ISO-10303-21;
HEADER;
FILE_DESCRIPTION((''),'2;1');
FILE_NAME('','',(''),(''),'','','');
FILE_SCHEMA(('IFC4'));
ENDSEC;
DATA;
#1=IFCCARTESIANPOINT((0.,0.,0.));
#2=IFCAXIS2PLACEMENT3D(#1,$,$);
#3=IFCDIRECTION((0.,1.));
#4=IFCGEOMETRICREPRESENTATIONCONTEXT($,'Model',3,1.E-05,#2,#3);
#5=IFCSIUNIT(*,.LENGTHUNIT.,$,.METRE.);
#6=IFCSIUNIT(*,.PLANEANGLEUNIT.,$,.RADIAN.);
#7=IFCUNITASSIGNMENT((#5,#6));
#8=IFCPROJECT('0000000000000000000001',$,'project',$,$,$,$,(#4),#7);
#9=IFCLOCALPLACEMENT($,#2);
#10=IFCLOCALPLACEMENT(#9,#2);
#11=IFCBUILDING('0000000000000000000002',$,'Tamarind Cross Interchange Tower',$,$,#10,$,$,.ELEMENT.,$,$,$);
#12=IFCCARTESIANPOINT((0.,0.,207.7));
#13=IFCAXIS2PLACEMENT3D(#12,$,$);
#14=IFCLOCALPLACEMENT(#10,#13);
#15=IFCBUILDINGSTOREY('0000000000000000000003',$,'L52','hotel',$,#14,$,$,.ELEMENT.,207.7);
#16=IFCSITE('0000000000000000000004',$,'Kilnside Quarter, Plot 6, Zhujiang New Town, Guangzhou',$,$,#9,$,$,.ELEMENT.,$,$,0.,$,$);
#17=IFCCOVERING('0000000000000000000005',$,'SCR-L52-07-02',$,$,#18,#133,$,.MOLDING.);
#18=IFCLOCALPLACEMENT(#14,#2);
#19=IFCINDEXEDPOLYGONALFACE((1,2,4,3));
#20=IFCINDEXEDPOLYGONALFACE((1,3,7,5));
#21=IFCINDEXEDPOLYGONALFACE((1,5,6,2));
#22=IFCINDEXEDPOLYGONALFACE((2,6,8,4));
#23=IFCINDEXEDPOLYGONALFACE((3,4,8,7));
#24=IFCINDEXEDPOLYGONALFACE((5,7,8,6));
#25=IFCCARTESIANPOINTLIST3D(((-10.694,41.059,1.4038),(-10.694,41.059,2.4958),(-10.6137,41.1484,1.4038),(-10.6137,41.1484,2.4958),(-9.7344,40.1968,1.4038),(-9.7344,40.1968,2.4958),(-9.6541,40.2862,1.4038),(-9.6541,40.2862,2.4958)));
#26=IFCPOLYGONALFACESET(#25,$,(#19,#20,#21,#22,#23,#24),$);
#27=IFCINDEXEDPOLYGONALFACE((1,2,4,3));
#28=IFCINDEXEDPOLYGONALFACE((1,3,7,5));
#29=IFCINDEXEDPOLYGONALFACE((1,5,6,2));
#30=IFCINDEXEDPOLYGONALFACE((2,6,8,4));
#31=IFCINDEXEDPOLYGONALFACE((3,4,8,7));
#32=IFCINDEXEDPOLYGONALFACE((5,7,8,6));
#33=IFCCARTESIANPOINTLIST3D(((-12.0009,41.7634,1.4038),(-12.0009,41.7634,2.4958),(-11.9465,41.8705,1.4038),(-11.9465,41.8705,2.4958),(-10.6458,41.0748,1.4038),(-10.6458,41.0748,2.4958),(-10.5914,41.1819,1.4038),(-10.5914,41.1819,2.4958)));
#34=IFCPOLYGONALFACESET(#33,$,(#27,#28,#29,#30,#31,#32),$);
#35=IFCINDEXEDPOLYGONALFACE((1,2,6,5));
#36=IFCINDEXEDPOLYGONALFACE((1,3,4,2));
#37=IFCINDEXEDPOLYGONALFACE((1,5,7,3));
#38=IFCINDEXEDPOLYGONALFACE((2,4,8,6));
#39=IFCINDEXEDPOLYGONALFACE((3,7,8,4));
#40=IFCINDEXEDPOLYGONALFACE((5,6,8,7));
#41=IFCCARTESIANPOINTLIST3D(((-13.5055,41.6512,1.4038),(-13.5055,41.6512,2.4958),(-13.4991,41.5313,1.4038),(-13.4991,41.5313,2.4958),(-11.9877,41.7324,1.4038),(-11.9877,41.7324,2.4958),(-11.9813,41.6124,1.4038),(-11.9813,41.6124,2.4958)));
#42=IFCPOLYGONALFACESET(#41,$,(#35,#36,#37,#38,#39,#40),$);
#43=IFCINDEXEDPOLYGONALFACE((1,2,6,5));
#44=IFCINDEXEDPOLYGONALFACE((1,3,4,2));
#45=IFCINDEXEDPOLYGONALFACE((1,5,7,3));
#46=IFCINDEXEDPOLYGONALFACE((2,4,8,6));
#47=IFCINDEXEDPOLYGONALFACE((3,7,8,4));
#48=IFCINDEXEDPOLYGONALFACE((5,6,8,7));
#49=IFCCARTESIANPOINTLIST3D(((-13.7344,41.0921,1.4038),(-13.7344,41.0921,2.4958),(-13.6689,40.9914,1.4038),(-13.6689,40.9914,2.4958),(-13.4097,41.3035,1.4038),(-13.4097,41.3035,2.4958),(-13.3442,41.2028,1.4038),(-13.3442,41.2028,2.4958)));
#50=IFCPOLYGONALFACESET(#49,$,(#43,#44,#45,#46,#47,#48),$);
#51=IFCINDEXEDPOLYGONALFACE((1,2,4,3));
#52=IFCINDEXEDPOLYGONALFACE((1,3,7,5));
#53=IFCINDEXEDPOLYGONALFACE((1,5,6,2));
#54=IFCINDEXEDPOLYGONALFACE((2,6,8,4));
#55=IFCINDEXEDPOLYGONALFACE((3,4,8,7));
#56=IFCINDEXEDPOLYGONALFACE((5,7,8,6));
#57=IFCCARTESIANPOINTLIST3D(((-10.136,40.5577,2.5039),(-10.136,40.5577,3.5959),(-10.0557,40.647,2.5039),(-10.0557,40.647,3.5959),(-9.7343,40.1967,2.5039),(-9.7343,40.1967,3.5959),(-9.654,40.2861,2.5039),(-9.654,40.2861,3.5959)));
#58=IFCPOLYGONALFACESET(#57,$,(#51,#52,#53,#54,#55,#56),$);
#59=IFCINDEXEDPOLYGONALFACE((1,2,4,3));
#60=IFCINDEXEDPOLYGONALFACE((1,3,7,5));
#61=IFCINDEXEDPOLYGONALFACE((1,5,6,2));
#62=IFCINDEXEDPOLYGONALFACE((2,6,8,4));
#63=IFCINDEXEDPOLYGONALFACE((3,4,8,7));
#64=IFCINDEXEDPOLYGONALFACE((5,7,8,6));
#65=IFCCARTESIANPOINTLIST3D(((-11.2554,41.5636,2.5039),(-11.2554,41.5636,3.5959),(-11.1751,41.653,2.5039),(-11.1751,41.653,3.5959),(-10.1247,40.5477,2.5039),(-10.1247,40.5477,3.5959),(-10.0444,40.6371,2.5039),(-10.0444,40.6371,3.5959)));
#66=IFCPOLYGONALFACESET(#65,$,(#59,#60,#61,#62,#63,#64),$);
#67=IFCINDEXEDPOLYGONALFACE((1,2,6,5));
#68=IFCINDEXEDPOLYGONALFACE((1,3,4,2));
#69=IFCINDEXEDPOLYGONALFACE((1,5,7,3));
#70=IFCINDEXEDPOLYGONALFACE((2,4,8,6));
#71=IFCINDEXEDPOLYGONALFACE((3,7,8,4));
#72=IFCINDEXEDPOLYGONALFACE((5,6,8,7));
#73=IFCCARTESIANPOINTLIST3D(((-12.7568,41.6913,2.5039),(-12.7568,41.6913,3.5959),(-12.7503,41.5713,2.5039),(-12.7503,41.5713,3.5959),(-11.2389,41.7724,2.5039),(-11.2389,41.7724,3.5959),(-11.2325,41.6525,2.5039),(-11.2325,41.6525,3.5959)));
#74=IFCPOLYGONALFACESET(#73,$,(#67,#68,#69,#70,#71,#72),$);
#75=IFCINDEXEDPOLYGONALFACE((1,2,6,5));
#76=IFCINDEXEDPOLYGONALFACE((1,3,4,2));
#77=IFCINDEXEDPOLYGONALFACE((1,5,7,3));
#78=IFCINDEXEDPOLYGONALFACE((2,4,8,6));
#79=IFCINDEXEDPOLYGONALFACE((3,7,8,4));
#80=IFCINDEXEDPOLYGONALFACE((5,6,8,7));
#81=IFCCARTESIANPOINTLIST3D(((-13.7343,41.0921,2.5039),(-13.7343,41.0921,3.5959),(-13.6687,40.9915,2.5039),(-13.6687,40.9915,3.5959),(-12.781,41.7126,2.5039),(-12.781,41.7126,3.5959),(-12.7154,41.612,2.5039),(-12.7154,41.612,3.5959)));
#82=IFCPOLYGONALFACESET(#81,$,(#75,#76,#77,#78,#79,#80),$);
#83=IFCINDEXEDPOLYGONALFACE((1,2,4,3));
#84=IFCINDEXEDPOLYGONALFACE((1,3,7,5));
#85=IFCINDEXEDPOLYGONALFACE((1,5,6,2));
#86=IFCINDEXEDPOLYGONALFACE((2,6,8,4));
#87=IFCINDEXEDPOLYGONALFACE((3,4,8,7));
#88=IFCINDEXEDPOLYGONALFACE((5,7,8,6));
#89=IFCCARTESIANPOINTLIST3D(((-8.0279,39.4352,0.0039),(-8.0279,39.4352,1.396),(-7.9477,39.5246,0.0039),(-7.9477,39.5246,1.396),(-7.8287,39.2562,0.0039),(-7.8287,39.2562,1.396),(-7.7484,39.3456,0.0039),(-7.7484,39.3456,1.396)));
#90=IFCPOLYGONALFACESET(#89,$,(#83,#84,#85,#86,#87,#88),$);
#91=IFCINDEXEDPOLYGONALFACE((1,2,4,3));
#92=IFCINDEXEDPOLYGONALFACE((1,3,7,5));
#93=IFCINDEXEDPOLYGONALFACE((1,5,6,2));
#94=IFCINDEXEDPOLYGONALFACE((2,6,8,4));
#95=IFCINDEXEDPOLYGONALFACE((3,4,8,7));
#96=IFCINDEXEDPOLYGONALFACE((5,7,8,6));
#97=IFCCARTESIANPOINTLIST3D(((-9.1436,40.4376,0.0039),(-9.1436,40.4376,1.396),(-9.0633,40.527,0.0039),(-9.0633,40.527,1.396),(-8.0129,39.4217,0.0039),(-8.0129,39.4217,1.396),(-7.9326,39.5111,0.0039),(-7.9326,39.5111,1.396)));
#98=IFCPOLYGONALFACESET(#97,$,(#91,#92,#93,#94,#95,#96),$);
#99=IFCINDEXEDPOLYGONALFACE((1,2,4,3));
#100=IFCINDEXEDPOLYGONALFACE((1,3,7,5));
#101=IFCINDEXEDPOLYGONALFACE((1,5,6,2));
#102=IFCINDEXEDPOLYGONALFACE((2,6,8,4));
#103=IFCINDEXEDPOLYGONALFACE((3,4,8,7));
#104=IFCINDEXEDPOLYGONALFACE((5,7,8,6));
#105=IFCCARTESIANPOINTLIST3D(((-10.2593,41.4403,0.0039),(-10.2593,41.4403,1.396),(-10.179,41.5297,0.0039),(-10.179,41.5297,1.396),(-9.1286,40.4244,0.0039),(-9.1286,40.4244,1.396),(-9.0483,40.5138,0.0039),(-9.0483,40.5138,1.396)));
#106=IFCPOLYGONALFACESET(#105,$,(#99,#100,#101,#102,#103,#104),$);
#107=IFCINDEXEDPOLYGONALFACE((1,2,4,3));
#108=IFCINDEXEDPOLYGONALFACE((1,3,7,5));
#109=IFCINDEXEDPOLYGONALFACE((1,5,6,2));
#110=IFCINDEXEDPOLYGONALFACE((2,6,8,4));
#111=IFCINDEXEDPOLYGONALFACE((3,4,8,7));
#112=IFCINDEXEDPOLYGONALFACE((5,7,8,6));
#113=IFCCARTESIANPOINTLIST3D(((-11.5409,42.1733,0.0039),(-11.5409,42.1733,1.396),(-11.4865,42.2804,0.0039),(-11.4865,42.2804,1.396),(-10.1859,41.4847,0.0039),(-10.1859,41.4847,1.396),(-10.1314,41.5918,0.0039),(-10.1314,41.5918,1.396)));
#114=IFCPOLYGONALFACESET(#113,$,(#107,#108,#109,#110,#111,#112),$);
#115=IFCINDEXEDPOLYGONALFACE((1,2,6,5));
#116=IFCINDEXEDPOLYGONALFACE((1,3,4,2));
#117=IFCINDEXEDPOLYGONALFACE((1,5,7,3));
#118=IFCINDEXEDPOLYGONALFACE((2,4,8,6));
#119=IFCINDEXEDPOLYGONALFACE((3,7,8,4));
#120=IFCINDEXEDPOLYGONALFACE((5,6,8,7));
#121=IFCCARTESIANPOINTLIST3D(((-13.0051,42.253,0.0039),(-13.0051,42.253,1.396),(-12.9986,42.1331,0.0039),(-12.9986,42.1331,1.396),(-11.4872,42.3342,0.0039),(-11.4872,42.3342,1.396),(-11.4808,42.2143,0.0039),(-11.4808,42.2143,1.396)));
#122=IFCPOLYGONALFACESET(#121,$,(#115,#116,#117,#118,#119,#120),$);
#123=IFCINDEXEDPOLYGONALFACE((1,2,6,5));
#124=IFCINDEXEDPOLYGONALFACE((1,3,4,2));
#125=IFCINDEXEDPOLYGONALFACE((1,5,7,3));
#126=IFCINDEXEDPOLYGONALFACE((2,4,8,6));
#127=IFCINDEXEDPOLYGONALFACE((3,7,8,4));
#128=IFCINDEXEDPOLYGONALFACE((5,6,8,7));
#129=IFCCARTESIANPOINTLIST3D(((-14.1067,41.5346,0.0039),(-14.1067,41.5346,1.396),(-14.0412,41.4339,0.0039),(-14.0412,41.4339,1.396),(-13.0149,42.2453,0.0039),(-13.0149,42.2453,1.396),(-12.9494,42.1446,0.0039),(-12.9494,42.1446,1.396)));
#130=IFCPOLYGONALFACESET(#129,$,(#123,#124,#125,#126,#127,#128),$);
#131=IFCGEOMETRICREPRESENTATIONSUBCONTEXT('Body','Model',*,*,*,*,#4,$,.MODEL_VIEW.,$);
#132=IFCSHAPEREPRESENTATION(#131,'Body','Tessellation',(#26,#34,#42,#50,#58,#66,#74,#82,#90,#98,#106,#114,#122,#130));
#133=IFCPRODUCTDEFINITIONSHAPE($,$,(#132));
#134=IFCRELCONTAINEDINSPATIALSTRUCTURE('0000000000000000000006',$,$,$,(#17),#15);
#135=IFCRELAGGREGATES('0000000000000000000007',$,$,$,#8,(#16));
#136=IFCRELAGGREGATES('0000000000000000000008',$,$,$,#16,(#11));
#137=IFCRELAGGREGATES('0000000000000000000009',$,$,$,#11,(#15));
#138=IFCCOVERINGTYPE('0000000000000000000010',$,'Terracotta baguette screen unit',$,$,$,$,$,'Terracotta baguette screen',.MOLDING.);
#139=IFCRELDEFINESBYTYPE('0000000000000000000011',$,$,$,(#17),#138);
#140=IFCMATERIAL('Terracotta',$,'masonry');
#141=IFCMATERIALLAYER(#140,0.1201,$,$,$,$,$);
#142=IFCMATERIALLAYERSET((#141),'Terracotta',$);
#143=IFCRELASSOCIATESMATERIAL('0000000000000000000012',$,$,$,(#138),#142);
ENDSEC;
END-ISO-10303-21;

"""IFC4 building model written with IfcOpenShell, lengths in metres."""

from ifc_helpers import new_model, si_unit, direction, frame, origin, origin_2d, place, context, subcontext, project, spatial, rectangle, extrude, material, layer, layer_set, type_object, element, save


model = new_model("IFC4")

# Units and contexts
model_context = context("Model", 3, precision=1e-05, world=origin(), true_north=direction((0.0, 1.0)))
body_context = subcontext(model_context, "Body", "Model", "MODEL_VIEW")
ifc_project = project(units=[si_unit("LENGTHUNIT", "METRE"), si_unit("PLANEANGLEUNIT", "RADIAN")], contexts=[model_context])

# Site, building, storey
site_placement = place(None, origin())
site = spatial("IfcSite", under=ifc_project, at=site_placement, Name="Kilnside Quarter, Plot 6, Zhujiang New Town, Guangzhou", CompositionType="ELEMENT", RefElevation=0.0)
building_placement = place(site_placement, origin())
building = spatial("IfcBuilding", under=site, at=building_placement, Name="Tamarind Cross Interchange Tower", CompositionType="ELEMENT")
storey_placement = place(building_placement, frame((0.0, 0.0, 207.7)))
storey = spatial("IfcBuildingStorey", under=building, at=storey_placement, Name="L52", Description="hotel", CompositionType="ELEMENT", Elevation=207.7)

# Covering
ifc_material_1 = material(Name="Terracotta", Category="masonry")
ifc_layer_1 = layer(ifc_material_1, 0.1201)
ifc_layer_set_1 = layer_set([ifc_layer_1], Name="Terracotta")
covering_type = type_object("IfcCoveringType", Name="Terracotta baguette screen unit", ElementType="Terracotta baguette screen", PredefinedType="MOLDING", material=ifc_layer_set_1)
covering_1_placement = place(storey_placement, origin())
element("IfcCovering", 1, at=covering_1_placement, inside=storey, type_object=covering_type, Name="SCR-L52-07-02", PredefinedType="MOLDING", context=body_context, shape_type="SweptSolid", body=[
    extrude(rectangle(XDim=1.29, YDim=0.1201, at=origin_2d()), frame((-10.1741, 40.6726, 1.4038), z_axis=(0.0, 0.0, 1.0), x_axis=(-0.743854, 0.668342, 0.0)), (0.0, 0.0, 1.0), 1.092),
    extrude(rectangle(XDim=1.52, YDim=0.1201, at=origin_2d()), frame((-11.2961, 41.4727, 1.4038), z_axis=(0.0, 0.0, 1.0), x_axis=(-0.891488, 0.453045, 0.0)), (0.0, 0.0, 1.0), 1.092),
    extrude(rectangle(XDim=1.52, YDim=0.1201, at=origin_2d()), frame((-12.7434, 41.6318, 1.4038), z_axis=(0.0, 0.0, 1.0), x_axis=(-0.998573, -0.053396, 0.0)), (0.0, 0.0, 1.0), 1.092),
    extrude(rectangle(XDim=0.3875, YDim=0.1201, at=origin_2d()), frame((-13.5393, 41.1475, 1.4038), z_axis=(0.0, 0.0, 1.0), x_axis=(-0.838092, -0.545529, 0.0)), (0.0, 0.0, 1.0), 1.092),
    extrude(rectangle(XDim=0.54, YDim=0.1201, at=origin_2d()), frame((-9.895, 40.4219, 2.5039), z_axis=(0.0, 0.0, 1.0), x_axis=(-0.743854, 0.668342, 0.0)), (0.0, 0.0, 1.0), 1.092),
    extrude(rectangle(XDim=1.52, YDim=0.1201, at=origin_2d()), frame((-10.6499, 41.1003, 2.5039), z_axis=(0.0, 0.0, 1.0), x_axis=(-0.743854, 0.668342, 0.0)), (0.0, 0.0, 1.0), 1.092),
    extrude(rectangle(XDim=1.52, YDim=0.1201, at=origin_2d()), frame((-11.9946, 41.6719, 2.5039), z_axis=(0.0, 0.0, 1.0), x_axis=(-0.998573, -0.053396, 0.0)), (0.0, 0.0, 1.0), 1.092),
    extrude(rectangle(XDim=1.1375, YDim=0.1201, at=origin_2d()), frame((-13.2249, 41.3521, 2.5039), z_axis=(0.0, 0.0, 1.0), x_axis=(-0.838092, -0.545529, 0.0)), (0.0, 0.0, 1.0), 1.092),
    extrude(rectangle(XDim=0.2678, YDim=0.1201, at=origin_2d()), frame((-7.8882, 39.3904, 0.0039), z_axis=(0.0, 0.0, 1.0), x_axis=(-0.743854, 0.668342, 0.0)), (0.0, 0.0, 1.0), 1.3921),
    extrude(rectangle(XDim=1.52, YDim=0.1201, at=origin_2d()), frame((-8.5381, 39.9744, 0.0039), z_axis=(0.0, 0.0, 1.0), x_axis=(-0.743854, 0.668342, 0.0)), (0.0, 0.0, 1.0), 1.3921),
    extrude(rectangle(XDim=1.52, YDim=0.1201, at=origin_2d()), frame((-9.6538, 40.9771, 0.0039), z_axis=(0.0, 0.0, 1.0), x_axis=(-0.743854, 0.668342, 0.0)), (0.0, 0.0, 1.0), 1.3921),
    extrude(rectangle(XDim=1.52, YDim=0.1201, at=origin_2d()), frame((-10.8362, 41.8826, 0.0039), z_axis=(0.0, 0.0, 1.0), x_axis=(-0.891488, 0.453045, 0.0)), (0.0, 0.0, 1.0), 1.3921),
    extrude(rectangle(XDim=1.52, YDim=0.1201, at=origin_2d()), frame((-12.2429, 42.2336, 0.0039), z_axis=(0.0, 0.0, 1.0), x_axis=(-0.998573, -0.053396, 0.0)), (0.0, 0.0, 1.0), 1.3921),
    extrude(rectangle(XDim=1.3027, YDim=0.1201, at=origin_2d()), frame((-13.5281, 41.8396, 0.0039), z_axis=(0.0, 0.0, 1.0), x_axis=(-0.838092, -0.545529, 0.0)), (0.0, 0.0, 1.0), 1.3921),
])

save(model, "model.ifc")
